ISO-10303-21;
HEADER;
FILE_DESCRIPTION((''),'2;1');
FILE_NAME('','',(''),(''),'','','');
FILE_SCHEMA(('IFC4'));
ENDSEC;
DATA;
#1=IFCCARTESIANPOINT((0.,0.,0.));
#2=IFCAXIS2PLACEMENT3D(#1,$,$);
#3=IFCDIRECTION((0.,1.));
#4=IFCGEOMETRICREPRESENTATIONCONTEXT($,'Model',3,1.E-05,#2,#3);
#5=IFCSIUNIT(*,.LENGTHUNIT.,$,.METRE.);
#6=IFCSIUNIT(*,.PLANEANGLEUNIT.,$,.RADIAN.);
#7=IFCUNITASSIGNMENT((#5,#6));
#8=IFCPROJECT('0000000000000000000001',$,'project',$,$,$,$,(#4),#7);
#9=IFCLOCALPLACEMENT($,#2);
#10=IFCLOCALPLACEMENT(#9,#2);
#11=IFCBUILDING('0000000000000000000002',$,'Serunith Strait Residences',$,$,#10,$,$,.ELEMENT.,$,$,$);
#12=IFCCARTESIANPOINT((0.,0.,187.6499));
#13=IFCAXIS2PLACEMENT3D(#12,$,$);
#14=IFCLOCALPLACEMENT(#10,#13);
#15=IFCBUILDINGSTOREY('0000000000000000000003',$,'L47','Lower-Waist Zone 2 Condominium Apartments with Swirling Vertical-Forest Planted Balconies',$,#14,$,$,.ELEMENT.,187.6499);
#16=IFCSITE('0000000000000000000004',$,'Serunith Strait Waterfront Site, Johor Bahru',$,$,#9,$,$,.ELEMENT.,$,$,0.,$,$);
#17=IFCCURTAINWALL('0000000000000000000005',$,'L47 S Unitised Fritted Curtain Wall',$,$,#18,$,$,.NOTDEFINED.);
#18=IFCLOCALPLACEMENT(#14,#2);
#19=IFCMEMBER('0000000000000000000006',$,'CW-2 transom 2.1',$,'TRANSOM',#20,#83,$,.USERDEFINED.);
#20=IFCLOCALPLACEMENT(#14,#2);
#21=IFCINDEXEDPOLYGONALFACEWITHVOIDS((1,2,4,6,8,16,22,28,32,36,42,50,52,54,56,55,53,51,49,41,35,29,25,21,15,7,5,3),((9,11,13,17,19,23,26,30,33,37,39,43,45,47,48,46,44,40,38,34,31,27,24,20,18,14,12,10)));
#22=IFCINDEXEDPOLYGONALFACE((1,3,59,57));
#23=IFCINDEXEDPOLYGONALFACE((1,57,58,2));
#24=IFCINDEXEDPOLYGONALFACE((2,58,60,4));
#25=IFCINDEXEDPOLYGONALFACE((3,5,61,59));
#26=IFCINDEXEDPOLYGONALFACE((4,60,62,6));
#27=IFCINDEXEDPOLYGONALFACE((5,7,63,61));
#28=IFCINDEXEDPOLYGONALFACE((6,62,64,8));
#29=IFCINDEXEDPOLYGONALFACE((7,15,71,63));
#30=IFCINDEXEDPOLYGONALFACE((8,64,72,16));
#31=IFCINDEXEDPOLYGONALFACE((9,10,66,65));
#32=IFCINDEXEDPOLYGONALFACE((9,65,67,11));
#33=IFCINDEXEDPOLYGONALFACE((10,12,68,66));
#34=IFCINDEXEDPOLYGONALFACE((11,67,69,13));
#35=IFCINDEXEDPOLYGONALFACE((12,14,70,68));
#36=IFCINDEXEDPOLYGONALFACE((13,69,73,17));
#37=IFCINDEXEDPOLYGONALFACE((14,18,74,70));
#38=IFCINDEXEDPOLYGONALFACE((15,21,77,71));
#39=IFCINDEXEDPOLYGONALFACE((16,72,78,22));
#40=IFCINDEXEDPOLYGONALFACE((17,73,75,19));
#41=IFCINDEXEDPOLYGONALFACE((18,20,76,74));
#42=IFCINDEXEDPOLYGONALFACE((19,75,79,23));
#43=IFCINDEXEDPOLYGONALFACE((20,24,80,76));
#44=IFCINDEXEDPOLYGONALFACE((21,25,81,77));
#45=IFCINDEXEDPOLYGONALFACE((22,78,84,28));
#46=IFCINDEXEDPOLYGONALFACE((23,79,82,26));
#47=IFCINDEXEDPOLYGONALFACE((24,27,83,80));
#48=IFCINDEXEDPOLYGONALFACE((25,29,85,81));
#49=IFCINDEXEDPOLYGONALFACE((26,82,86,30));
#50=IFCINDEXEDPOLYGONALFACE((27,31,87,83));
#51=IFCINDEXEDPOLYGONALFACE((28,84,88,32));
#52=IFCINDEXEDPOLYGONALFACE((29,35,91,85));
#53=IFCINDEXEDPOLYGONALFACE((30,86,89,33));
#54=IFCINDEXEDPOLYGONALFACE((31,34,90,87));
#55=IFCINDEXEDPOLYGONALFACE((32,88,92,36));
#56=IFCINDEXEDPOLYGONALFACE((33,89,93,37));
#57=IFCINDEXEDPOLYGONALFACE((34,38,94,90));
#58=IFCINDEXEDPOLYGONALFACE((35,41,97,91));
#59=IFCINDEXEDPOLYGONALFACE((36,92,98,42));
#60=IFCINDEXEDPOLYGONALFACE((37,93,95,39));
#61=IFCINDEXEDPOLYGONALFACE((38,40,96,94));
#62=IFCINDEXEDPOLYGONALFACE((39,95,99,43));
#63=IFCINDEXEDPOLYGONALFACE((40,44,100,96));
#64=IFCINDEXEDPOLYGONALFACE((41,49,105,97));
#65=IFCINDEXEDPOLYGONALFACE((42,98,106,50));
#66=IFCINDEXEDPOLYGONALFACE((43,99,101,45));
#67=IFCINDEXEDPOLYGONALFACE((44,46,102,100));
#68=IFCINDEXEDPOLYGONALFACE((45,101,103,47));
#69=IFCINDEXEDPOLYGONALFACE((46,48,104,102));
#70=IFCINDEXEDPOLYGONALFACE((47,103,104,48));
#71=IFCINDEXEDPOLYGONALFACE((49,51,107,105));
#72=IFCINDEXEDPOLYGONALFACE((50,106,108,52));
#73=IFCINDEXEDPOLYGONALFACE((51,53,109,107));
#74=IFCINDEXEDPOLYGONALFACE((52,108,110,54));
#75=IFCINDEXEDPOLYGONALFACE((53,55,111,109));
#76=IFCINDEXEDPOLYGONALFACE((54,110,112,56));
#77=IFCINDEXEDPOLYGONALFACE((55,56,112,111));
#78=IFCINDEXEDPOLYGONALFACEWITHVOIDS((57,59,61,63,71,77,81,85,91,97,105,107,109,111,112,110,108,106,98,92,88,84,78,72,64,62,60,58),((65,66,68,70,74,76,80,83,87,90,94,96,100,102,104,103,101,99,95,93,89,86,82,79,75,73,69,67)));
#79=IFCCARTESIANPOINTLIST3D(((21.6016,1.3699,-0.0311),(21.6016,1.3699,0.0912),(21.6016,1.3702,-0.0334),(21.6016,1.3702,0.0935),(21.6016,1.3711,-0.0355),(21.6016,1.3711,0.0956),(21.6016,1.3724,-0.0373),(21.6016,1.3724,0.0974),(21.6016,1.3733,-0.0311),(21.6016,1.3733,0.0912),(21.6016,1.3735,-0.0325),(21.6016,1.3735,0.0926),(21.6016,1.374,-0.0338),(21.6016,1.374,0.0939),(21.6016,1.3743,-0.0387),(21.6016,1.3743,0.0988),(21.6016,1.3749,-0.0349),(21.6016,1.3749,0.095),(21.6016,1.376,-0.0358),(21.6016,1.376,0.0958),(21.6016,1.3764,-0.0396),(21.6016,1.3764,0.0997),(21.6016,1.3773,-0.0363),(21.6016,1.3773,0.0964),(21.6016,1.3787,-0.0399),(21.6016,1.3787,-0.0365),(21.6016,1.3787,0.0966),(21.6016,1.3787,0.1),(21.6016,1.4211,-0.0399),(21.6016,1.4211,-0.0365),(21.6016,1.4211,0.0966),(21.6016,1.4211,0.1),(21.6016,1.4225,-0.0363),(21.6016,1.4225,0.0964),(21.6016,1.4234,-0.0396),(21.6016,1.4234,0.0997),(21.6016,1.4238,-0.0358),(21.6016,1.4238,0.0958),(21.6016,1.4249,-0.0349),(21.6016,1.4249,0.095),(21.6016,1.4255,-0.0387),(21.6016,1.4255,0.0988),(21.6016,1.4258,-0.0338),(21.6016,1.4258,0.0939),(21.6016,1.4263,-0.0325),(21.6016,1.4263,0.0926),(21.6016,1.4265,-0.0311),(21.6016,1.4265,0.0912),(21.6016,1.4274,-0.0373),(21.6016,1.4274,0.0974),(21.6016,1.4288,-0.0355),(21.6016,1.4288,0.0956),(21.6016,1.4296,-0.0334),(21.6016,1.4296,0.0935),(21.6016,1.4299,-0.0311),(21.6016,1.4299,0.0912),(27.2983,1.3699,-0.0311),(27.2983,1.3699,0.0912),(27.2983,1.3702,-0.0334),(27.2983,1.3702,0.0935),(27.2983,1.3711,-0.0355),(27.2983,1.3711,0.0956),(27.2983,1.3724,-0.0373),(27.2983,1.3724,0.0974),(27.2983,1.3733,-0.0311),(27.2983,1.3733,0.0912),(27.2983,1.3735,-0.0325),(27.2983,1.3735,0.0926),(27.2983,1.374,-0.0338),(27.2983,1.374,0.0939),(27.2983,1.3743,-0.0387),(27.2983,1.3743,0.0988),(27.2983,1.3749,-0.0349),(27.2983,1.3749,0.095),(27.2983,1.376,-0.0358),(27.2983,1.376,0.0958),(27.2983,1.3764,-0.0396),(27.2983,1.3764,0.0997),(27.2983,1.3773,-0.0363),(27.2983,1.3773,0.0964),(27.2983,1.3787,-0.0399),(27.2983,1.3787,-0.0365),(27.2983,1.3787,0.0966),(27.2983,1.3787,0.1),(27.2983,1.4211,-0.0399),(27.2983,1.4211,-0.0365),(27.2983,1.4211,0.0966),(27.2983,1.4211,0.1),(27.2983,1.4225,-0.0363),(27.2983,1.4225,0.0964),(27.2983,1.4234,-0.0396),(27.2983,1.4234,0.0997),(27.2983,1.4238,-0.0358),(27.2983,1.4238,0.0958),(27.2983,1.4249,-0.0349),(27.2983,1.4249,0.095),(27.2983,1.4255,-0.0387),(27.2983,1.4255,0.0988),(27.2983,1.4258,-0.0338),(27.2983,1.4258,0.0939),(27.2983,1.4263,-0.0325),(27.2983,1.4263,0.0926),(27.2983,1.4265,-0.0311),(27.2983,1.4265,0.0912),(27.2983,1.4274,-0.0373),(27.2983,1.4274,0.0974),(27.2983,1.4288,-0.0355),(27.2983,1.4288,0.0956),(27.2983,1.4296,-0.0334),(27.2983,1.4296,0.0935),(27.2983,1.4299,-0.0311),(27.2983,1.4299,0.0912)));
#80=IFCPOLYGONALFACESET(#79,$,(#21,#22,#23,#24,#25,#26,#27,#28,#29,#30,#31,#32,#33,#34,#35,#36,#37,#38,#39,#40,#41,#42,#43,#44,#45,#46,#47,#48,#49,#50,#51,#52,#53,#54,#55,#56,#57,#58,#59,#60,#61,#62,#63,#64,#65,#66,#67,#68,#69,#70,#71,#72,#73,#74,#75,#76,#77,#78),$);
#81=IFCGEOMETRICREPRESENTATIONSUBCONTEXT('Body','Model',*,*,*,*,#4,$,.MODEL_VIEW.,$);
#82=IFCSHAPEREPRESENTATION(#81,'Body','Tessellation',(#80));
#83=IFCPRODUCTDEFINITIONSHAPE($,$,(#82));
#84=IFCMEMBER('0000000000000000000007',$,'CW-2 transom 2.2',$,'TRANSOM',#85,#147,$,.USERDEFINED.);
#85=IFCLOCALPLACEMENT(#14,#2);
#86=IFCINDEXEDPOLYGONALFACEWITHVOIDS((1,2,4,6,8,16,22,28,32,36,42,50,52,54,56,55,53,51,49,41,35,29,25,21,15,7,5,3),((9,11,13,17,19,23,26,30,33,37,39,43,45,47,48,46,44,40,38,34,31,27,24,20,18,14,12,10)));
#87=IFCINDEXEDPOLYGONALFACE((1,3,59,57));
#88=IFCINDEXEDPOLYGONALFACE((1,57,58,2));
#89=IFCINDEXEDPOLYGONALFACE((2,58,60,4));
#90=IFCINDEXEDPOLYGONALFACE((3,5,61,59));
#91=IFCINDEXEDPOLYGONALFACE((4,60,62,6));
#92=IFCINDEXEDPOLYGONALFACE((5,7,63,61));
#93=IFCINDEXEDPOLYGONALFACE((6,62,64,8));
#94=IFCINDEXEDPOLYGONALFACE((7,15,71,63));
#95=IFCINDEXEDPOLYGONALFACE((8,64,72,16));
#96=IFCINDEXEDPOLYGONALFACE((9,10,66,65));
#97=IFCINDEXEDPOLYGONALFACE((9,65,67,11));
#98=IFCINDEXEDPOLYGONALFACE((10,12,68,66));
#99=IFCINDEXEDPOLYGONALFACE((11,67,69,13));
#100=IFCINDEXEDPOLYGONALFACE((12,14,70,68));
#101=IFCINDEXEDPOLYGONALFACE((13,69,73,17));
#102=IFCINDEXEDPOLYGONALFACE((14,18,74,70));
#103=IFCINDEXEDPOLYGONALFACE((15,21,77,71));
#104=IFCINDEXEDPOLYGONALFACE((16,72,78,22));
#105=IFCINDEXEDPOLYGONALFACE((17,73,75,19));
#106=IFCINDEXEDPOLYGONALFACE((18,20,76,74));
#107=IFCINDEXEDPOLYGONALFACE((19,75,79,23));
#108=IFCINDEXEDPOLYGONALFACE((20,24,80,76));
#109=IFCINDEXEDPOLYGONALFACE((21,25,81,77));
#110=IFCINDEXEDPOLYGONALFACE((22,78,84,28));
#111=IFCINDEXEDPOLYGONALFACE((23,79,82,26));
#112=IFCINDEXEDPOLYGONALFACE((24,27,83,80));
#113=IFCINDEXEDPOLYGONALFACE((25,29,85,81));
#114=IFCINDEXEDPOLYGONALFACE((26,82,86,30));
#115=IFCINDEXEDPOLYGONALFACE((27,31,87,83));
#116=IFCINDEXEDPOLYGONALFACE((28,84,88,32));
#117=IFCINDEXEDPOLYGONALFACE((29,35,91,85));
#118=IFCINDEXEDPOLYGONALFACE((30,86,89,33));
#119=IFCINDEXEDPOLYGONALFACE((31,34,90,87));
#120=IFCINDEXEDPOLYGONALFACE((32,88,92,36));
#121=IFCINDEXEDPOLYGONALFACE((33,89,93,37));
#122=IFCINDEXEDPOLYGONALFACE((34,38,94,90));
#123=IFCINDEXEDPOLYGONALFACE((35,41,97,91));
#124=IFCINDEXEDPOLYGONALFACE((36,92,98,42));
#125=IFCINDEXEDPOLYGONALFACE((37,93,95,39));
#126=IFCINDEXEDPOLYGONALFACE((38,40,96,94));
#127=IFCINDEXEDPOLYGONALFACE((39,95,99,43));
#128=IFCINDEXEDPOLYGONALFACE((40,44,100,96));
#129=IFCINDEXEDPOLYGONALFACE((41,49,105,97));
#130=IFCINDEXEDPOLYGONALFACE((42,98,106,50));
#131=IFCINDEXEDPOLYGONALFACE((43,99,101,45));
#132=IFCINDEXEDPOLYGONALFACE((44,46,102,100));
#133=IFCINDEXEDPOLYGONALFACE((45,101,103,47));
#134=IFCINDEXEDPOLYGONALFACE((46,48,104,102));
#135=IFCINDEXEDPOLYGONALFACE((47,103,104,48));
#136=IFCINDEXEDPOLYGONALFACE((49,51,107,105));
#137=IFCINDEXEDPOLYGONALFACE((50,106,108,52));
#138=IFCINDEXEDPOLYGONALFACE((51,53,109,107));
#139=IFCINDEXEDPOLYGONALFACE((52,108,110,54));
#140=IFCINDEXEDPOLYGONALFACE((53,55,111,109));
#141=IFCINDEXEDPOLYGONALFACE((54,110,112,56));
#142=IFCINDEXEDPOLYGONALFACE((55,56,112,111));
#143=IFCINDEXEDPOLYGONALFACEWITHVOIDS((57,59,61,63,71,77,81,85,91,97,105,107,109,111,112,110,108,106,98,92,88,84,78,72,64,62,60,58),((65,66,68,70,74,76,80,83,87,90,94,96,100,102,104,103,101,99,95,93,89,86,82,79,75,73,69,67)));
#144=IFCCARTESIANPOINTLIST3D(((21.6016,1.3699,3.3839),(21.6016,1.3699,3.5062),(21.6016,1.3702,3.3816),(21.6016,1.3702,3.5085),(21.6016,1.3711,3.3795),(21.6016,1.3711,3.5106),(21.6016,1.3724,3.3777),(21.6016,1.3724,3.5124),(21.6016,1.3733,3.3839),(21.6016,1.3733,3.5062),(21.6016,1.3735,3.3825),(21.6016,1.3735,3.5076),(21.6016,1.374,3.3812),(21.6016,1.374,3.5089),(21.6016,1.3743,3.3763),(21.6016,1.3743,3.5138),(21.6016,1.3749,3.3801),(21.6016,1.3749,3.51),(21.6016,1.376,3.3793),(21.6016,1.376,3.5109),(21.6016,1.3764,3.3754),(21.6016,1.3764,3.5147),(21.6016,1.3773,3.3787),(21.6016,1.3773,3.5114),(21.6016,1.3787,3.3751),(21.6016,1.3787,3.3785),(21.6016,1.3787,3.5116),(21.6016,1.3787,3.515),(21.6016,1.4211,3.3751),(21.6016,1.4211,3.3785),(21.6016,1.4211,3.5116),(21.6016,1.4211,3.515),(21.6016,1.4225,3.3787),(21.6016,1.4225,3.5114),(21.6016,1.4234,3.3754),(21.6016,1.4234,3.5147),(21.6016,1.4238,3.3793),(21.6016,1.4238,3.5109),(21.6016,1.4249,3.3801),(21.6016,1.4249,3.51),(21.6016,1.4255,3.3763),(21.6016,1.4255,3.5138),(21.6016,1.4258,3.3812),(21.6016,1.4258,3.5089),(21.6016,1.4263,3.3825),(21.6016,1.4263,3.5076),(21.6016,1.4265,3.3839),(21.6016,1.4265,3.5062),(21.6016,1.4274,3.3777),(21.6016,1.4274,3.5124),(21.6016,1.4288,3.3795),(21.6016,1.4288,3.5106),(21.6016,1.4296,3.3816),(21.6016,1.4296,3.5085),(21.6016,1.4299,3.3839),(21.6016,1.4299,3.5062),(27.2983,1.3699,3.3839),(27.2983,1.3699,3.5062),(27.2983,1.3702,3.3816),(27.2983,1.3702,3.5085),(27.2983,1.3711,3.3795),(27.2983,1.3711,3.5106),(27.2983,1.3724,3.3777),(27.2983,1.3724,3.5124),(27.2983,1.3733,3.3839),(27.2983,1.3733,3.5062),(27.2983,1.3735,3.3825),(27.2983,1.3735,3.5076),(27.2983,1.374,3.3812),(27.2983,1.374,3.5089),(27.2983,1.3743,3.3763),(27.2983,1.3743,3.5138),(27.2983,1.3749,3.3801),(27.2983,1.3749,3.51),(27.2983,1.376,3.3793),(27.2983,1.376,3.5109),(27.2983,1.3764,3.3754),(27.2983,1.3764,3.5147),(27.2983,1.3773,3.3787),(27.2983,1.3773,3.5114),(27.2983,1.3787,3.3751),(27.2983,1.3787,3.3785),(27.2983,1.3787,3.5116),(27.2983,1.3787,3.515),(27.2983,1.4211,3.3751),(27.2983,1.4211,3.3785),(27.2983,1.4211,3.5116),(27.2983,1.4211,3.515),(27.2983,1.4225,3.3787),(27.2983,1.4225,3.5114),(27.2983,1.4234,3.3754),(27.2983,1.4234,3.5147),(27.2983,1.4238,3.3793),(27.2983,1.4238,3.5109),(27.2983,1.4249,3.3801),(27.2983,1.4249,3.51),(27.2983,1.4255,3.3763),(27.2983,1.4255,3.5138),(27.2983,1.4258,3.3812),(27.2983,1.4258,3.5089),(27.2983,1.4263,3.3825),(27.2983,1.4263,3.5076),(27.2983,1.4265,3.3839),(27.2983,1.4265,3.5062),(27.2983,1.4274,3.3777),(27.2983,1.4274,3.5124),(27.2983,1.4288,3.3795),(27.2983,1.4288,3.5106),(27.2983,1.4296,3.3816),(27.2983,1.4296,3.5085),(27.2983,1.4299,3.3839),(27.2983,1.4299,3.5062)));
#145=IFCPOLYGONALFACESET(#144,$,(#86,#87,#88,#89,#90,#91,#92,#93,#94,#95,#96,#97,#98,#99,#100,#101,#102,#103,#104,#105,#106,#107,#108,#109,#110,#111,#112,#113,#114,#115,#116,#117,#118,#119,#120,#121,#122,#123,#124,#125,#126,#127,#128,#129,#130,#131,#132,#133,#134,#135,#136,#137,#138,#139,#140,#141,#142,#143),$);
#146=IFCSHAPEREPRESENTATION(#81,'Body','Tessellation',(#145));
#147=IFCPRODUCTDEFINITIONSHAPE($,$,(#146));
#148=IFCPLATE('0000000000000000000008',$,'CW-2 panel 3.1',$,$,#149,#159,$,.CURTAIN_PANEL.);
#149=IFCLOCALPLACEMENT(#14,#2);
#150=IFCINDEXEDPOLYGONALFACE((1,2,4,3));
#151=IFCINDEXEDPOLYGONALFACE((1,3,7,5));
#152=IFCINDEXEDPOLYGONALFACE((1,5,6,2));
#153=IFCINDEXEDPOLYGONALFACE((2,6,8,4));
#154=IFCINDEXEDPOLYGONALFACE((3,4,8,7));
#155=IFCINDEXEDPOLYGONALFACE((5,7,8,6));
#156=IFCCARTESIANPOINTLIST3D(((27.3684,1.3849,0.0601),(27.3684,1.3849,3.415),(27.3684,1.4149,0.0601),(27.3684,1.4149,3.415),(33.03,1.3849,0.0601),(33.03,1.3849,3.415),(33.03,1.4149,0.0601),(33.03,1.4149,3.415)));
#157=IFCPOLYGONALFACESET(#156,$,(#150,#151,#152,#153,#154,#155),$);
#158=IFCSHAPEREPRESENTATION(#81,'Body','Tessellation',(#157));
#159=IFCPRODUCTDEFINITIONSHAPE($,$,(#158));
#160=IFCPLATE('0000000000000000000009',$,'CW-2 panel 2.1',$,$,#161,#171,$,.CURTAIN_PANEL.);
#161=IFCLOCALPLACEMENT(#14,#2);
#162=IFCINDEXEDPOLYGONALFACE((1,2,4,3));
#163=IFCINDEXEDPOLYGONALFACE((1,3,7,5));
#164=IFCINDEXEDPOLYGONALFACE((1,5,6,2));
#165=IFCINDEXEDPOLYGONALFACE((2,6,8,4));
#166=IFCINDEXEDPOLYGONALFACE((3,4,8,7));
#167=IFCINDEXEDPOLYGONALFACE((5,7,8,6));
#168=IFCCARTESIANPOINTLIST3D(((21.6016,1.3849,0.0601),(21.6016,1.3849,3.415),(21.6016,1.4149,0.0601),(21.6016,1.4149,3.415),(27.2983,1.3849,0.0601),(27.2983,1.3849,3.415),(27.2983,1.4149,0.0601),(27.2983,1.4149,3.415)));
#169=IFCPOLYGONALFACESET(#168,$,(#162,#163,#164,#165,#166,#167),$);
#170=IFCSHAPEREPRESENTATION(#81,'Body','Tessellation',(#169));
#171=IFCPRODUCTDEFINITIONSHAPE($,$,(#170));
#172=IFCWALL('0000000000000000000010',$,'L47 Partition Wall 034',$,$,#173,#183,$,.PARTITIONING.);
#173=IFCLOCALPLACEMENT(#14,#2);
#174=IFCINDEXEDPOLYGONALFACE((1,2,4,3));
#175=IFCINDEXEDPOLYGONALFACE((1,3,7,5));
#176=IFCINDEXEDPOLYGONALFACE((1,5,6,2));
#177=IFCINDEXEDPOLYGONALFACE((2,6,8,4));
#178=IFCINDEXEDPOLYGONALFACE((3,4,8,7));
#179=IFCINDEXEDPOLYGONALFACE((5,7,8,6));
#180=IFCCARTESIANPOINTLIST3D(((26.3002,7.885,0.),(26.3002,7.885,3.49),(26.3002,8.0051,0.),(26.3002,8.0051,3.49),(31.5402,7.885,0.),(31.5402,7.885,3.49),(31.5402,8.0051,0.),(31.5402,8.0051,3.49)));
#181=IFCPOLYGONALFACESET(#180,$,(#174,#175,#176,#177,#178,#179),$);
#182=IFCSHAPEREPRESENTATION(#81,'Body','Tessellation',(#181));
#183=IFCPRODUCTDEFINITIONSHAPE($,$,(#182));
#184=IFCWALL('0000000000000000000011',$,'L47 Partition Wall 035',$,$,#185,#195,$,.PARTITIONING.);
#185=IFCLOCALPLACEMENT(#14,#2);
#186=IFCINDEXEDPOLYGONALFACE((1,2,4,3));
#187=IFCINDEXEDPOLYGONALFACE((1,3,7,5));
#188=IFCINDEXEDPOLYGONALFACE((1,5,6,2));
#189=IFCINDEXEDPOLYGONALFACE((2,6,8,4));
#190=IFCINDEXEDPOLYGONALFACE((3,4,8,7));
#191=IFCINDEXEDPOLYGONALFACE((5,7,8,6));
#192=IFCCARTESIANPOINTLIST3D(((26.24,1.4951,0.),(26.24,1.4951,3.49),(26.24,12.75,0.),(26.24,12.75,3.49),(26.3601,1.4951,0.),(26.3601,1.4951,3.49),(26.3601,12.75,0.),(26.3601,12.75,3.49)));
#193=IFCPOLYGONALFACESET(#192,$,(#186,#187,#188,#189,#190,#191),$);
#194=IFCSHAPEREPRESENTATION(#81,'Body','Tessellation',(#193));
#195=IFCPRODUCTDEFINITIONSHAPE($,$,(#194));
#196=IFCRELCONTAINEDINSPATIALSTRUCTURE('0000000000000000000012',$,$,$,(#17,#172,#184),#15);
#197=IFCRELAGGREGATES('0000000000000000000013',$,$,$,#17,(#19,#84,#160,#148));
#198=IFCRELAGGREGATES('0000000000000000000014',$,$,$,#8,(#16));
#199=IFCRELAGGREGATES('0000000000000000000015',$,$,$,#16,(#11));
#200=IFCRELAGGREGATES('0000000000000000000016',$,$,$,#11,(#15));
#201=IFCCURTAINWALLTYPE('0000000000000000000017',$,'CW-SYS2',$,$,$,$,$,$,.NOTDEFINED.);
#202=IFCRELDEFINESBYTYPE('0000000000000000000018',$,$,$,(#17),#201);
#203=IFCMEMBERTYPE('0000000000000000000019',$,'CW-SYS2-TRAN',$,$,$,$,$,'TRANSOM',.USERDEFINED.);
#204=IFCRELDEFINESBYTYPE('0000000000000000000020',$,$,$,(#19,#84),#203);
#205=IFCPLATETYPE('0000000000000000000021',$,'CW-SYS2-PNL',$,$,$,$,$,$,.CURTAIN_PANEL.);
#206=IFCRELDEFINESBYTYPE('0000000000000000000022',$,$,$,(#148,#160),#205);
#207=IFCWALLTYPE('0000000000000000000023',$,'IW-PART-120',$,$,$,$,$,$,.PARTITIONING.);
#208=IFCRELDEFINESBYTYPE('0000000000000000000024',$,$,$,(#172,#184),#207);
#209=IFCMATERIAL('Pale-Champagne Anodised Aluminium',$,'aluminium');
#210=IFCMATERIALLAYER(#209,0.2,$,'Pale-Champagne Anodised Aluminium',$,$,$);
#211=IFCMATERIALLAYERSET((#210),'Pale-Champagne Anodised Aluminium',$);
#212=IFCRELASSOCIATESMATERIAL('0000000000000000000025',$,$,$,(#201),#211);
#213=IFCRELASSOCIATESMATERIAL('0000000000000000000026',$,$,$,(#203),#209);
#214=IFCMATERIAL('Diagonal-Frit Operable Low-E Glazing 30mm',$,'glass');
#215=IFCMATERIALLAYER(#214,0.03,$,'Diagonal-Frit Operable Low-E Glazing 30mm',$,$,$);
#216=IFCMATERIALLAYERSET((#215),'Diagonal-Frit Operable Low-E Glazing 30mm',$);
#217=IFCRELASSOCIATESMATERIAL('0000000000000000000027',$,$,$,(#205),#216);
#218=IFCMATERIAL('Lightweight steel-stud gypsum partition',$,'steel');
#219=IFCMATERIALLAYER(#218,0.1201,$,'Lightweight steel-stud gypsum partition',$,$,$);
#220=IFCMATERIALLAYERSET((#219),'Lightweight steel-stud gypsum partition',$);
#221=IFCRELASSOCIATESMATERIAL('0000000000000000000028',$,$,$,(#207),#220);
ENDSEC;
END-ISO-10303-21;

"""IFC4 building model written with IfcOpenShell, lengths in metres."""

from ifc_helpers import new_model, si_unit, direction, frame, frame_2d, origin, origin_2d, place, context, subcontext, project, spatial, rectangle, hollow_rectangle, extrude, source, transform, mapped, material, layer, layer_set, material_profile, profile_set, type_object, element, aggregate, save


model = new_model("IFC4")

# Units and contexts
model_context = context("Model", 3, precision=1e-05, world=origin(), true_north=direction((0.0, 1.0)))
body_context = subcontext(model_context, "Body", "Model", "MODEL_VIEW")
ifc_project = project(units=[si_unit("LENGTHUNIT", "METRE"), si_unit("PLANEANGLEUNIT", "RADIAN")], contexts=[model_context])

# Site, building, storey
site_placement = place(None, origin())
site = spatial("IfcSite", under=ifc_project, at=site_placement, Name="Serunith Strait Waterfront Site, Johor Bahru", CompositionType="ELEMENT", RefElevation=0.0)
building_placement = place(site_placement, origin())
building = spatial("IfcBuilding", under=site, at=building_placement, Name="Serunith Strait Residences", CompositionType="ELEMENT")
storey_placement = place(building_placement, frame((0.0, 0.0, 187.6499)))
storey = spatial("IfcBuildingStorey", under=building, at=storey_placement, Name="L47", Description="Lower-Waist Zone 2 Condominium Apartments with Swirling Vertical-Forest Planted Balconies", CompositionType="ELEMENT", Elevation=187.6499)

# Curtain wall, members, plates
ifc_material_1 = material(Name="Pale-Champagne Anodised Aluminium", Category="aluminium")
ifc_layer_1 = layer(ifc_material_1, 0.2, Name="Pale-Champagne Anodised Aluminium")
ifc_layer_set_1 = layer_set([ifc_layer_1], Name="Pale-Champagne Anodised Aluminium")
curtain_wall_type = type_object("IfcCurtainWallType", Name="CW-SYS2", PredefinedType="NOTDEFINED", material=ifc_layer_set_1)
curtain_wall_placement = place(storey_placement, origin())
curtain_wall = element("IfcCurtainWall", 1, at=curtain_wall_placement, inside=storey, type_object=curtain_wall_type, Name="L47 S Unitised Fritted Curtain Wall", PredefinedType="NOTDEFINED")
ifc_material_profile_1 = material_profile(ifc_material_1, hollow_rectangle(XDim=0.0601, YDim=0.1399, WallThickness=0.0034, InnerFilletRadius=0.0054, OuterFilletRadius=0.0088, at=origin_2d()), Name="ALU 140x60x3.5")
ifc_profile_set_1 = profile_set([ifc_material_profile_1], Name="Pale-Champagne Anodised Aluminium")
member_type_1 = type_object("IfcMemberType", Name="CW-SYS2-TRAN", ElementType="TRANSOM", PredefinedType="USERDEFINED", material=ifc_profile_set_1)
shared_shape_1 = source(origin(), body_context, "Body", "SweptSolid", [
    extrude(hollow_rectangle(XDim=0.0601, YDim=0.1399, WallThickness=0.0034, InnerFilletRadius=0.0054, OuterFilletRadius=0.0088, at=origin_2d()), origin(), (0.0, 0.0, 1.0), 5.6968),
])
member_1_placement = place(storey_placement, frame((21.6016, 1.3999, 0.03), z_axis=(1.0, 0.0, 0.0), x_axis=(0.0, 1.0, 0.0)))
member_1 = element("IfcMember", 2, at=member_1_placement, type_object=member_type_1, Name="CW-2 transom 2.1", ObjectType="TRANSOM", PredefinedType="USERDEFINED", context=body_context, shape_type="MappedRepresentation", body=[
    mapped(shared_shape_1, transform((0.0, 0.0, 0.0), scale=1.0)),
])
member_2_placement = place(storey_placement, frame((21.6016, 1.3999, 3.4451), z_axis=(1.0, 0.0, 0.0), x_axis=(0.0, 1.0, 0.0)))
member_2 = element("IfcMember", 3, at=member_2_placement, type_object=member_type_1, Name="CW-2 transom 2.2", ObjectType="TRANSOM", PredefinedType="USERDEFINED", context=body_context, shape_type="MappedRepresentation", body=[
    mapped(shared_shape_1, transform((0.0, 0.0, 0.0), scale=1.0)),
])
ifc_material_2 = material(Name="Diagonal-Frit Operable Low-E Glazing 30mm", Category="glass")
ifc_layer_2 = layer(ifc_material_2, 0.03, Name="Diagonal-Frit Operable Low-E Glazing 30mm")
ifc_layer_set_2 = layer_set([ifc_layer_2], Name="Diagonal-Frit Operable Low-E Glazing 30mm")
plate_type = type_object("IfcPlateType", Name="CW-SYS2-PNL", PredefinedType="CURTAIN_PANEL", material=ifc_layer_set_2)
shared_shape_2 = source(origin(), body_context, "Body", "SweptSolid", [
    extrude(rectangle(XDim=5.6616, YDim=0.03, at=origin_2d()), origin(), (0.0, 0.0, 1.0), 3.355),
])
plate_1_placement = place(storey_placement, frame((30.1992, 1.3999, 0.0601), z_axis=(0.0, 0.0, 1.0), x_axis=(1.0, 0.0, 0.0)))
plate_1 = element("IfcPlate", 4, at=plate_1_placement, type_object=plate_type, Name="CW-2 panel 3.1", PredefinedType="CURTAIN_PANEL", context=body_context, shape_type="MappedRepresentation", body=[
    mapped(shared_shape_2, transform((0.0, 0.0, 0.0), scale=1.0)),
])
shared_shape_3 = source(origin(), body_context, "Body", "SweptSolid", [
    extrude(rectangle(XDim=5.6968, YDim=0.03, at=origin_2d()), origin(), (0.0, 0.0, 1.0), 3.355),
])
plate_2_placement = place(storey_placement, frame((24.45, 1.3999, 0.0601), z_axis=(0.0, 0.0, 1.0), x_axis=(1.0, 0.0, 0.0)))
plate_2 = element("IfcPlate", 5, at=plate_2_placement, type_object=plate_type, Name="CW-2 panel 2.1", PredefinedType="CURTAIN_PANEL", context=body_context, shape_type="MappedRepresentation", body=[
    mapped(shared_shape_3, transform((0.0, 0.0, 0.0), scale=1.0)),
])
aggregate(curtain_wall, [member_1, member_2, plate_2, plate_1])

# Walls
ifc_material_3 = material(Name="Lightweight steel-stud gypsum partition", Category="steel")
ifc_layer_3 = layer(ifc_material_3, 0.1201, Name="Lightweight steel-stud gypsum partition")
ifc_layer_set_3 = layer_set([ifc_layer_3], Name="Lightweight steel-stud gypsum partition")
wall_type = type_object("IfcWallType", Name="IW-PART-120", PredefinedType="PARTITIONING", material=ifc_layer_set_3)
wall_1_placement = place(storey_placement, frame((26.3, 7.9451, 0.0), z_axis=(0.0, 0.0, 1.0), x_axis=(1.0, 0.0, 0.0)))
element("IfcWall", 6, at=wall_1_placement, inside=storey, type_object=wall_type, Name="L47 Partition Wall 034", PredefinedType="PARTITIONING", context=body_context, shape_type="SweptSolid", body=[
    extrude(rectangle(XDim=5.24, YDim=0.1201, at=frame_2d((2.6201, 0.0))), origin(), (0.0, 0.0, 1.0), 3.49),
])
wall_2_placement = place(storey_placement, frame((26.3, 1.4951, 0.0), z_axis=(0.0, 0.0, 1.0), x_axis=(0.0, 1.0, 0.0)))
element("IfcWall", 7, at=wall_2_placement, inside=storey, type_object=wall_type, Name="L47 Partition Wall 035", PredefinedType="PARTITIONING", context=body_context, shape_type="SweptSolid", body=[
    extrude(rectangle(XDim=11.2549, YDim=0.1201, at=frame_2d((5.6274, 0.0))), origin(), (0.0, 0.0, 1.0), 3.49),
])

save(model, "model.ifc")
